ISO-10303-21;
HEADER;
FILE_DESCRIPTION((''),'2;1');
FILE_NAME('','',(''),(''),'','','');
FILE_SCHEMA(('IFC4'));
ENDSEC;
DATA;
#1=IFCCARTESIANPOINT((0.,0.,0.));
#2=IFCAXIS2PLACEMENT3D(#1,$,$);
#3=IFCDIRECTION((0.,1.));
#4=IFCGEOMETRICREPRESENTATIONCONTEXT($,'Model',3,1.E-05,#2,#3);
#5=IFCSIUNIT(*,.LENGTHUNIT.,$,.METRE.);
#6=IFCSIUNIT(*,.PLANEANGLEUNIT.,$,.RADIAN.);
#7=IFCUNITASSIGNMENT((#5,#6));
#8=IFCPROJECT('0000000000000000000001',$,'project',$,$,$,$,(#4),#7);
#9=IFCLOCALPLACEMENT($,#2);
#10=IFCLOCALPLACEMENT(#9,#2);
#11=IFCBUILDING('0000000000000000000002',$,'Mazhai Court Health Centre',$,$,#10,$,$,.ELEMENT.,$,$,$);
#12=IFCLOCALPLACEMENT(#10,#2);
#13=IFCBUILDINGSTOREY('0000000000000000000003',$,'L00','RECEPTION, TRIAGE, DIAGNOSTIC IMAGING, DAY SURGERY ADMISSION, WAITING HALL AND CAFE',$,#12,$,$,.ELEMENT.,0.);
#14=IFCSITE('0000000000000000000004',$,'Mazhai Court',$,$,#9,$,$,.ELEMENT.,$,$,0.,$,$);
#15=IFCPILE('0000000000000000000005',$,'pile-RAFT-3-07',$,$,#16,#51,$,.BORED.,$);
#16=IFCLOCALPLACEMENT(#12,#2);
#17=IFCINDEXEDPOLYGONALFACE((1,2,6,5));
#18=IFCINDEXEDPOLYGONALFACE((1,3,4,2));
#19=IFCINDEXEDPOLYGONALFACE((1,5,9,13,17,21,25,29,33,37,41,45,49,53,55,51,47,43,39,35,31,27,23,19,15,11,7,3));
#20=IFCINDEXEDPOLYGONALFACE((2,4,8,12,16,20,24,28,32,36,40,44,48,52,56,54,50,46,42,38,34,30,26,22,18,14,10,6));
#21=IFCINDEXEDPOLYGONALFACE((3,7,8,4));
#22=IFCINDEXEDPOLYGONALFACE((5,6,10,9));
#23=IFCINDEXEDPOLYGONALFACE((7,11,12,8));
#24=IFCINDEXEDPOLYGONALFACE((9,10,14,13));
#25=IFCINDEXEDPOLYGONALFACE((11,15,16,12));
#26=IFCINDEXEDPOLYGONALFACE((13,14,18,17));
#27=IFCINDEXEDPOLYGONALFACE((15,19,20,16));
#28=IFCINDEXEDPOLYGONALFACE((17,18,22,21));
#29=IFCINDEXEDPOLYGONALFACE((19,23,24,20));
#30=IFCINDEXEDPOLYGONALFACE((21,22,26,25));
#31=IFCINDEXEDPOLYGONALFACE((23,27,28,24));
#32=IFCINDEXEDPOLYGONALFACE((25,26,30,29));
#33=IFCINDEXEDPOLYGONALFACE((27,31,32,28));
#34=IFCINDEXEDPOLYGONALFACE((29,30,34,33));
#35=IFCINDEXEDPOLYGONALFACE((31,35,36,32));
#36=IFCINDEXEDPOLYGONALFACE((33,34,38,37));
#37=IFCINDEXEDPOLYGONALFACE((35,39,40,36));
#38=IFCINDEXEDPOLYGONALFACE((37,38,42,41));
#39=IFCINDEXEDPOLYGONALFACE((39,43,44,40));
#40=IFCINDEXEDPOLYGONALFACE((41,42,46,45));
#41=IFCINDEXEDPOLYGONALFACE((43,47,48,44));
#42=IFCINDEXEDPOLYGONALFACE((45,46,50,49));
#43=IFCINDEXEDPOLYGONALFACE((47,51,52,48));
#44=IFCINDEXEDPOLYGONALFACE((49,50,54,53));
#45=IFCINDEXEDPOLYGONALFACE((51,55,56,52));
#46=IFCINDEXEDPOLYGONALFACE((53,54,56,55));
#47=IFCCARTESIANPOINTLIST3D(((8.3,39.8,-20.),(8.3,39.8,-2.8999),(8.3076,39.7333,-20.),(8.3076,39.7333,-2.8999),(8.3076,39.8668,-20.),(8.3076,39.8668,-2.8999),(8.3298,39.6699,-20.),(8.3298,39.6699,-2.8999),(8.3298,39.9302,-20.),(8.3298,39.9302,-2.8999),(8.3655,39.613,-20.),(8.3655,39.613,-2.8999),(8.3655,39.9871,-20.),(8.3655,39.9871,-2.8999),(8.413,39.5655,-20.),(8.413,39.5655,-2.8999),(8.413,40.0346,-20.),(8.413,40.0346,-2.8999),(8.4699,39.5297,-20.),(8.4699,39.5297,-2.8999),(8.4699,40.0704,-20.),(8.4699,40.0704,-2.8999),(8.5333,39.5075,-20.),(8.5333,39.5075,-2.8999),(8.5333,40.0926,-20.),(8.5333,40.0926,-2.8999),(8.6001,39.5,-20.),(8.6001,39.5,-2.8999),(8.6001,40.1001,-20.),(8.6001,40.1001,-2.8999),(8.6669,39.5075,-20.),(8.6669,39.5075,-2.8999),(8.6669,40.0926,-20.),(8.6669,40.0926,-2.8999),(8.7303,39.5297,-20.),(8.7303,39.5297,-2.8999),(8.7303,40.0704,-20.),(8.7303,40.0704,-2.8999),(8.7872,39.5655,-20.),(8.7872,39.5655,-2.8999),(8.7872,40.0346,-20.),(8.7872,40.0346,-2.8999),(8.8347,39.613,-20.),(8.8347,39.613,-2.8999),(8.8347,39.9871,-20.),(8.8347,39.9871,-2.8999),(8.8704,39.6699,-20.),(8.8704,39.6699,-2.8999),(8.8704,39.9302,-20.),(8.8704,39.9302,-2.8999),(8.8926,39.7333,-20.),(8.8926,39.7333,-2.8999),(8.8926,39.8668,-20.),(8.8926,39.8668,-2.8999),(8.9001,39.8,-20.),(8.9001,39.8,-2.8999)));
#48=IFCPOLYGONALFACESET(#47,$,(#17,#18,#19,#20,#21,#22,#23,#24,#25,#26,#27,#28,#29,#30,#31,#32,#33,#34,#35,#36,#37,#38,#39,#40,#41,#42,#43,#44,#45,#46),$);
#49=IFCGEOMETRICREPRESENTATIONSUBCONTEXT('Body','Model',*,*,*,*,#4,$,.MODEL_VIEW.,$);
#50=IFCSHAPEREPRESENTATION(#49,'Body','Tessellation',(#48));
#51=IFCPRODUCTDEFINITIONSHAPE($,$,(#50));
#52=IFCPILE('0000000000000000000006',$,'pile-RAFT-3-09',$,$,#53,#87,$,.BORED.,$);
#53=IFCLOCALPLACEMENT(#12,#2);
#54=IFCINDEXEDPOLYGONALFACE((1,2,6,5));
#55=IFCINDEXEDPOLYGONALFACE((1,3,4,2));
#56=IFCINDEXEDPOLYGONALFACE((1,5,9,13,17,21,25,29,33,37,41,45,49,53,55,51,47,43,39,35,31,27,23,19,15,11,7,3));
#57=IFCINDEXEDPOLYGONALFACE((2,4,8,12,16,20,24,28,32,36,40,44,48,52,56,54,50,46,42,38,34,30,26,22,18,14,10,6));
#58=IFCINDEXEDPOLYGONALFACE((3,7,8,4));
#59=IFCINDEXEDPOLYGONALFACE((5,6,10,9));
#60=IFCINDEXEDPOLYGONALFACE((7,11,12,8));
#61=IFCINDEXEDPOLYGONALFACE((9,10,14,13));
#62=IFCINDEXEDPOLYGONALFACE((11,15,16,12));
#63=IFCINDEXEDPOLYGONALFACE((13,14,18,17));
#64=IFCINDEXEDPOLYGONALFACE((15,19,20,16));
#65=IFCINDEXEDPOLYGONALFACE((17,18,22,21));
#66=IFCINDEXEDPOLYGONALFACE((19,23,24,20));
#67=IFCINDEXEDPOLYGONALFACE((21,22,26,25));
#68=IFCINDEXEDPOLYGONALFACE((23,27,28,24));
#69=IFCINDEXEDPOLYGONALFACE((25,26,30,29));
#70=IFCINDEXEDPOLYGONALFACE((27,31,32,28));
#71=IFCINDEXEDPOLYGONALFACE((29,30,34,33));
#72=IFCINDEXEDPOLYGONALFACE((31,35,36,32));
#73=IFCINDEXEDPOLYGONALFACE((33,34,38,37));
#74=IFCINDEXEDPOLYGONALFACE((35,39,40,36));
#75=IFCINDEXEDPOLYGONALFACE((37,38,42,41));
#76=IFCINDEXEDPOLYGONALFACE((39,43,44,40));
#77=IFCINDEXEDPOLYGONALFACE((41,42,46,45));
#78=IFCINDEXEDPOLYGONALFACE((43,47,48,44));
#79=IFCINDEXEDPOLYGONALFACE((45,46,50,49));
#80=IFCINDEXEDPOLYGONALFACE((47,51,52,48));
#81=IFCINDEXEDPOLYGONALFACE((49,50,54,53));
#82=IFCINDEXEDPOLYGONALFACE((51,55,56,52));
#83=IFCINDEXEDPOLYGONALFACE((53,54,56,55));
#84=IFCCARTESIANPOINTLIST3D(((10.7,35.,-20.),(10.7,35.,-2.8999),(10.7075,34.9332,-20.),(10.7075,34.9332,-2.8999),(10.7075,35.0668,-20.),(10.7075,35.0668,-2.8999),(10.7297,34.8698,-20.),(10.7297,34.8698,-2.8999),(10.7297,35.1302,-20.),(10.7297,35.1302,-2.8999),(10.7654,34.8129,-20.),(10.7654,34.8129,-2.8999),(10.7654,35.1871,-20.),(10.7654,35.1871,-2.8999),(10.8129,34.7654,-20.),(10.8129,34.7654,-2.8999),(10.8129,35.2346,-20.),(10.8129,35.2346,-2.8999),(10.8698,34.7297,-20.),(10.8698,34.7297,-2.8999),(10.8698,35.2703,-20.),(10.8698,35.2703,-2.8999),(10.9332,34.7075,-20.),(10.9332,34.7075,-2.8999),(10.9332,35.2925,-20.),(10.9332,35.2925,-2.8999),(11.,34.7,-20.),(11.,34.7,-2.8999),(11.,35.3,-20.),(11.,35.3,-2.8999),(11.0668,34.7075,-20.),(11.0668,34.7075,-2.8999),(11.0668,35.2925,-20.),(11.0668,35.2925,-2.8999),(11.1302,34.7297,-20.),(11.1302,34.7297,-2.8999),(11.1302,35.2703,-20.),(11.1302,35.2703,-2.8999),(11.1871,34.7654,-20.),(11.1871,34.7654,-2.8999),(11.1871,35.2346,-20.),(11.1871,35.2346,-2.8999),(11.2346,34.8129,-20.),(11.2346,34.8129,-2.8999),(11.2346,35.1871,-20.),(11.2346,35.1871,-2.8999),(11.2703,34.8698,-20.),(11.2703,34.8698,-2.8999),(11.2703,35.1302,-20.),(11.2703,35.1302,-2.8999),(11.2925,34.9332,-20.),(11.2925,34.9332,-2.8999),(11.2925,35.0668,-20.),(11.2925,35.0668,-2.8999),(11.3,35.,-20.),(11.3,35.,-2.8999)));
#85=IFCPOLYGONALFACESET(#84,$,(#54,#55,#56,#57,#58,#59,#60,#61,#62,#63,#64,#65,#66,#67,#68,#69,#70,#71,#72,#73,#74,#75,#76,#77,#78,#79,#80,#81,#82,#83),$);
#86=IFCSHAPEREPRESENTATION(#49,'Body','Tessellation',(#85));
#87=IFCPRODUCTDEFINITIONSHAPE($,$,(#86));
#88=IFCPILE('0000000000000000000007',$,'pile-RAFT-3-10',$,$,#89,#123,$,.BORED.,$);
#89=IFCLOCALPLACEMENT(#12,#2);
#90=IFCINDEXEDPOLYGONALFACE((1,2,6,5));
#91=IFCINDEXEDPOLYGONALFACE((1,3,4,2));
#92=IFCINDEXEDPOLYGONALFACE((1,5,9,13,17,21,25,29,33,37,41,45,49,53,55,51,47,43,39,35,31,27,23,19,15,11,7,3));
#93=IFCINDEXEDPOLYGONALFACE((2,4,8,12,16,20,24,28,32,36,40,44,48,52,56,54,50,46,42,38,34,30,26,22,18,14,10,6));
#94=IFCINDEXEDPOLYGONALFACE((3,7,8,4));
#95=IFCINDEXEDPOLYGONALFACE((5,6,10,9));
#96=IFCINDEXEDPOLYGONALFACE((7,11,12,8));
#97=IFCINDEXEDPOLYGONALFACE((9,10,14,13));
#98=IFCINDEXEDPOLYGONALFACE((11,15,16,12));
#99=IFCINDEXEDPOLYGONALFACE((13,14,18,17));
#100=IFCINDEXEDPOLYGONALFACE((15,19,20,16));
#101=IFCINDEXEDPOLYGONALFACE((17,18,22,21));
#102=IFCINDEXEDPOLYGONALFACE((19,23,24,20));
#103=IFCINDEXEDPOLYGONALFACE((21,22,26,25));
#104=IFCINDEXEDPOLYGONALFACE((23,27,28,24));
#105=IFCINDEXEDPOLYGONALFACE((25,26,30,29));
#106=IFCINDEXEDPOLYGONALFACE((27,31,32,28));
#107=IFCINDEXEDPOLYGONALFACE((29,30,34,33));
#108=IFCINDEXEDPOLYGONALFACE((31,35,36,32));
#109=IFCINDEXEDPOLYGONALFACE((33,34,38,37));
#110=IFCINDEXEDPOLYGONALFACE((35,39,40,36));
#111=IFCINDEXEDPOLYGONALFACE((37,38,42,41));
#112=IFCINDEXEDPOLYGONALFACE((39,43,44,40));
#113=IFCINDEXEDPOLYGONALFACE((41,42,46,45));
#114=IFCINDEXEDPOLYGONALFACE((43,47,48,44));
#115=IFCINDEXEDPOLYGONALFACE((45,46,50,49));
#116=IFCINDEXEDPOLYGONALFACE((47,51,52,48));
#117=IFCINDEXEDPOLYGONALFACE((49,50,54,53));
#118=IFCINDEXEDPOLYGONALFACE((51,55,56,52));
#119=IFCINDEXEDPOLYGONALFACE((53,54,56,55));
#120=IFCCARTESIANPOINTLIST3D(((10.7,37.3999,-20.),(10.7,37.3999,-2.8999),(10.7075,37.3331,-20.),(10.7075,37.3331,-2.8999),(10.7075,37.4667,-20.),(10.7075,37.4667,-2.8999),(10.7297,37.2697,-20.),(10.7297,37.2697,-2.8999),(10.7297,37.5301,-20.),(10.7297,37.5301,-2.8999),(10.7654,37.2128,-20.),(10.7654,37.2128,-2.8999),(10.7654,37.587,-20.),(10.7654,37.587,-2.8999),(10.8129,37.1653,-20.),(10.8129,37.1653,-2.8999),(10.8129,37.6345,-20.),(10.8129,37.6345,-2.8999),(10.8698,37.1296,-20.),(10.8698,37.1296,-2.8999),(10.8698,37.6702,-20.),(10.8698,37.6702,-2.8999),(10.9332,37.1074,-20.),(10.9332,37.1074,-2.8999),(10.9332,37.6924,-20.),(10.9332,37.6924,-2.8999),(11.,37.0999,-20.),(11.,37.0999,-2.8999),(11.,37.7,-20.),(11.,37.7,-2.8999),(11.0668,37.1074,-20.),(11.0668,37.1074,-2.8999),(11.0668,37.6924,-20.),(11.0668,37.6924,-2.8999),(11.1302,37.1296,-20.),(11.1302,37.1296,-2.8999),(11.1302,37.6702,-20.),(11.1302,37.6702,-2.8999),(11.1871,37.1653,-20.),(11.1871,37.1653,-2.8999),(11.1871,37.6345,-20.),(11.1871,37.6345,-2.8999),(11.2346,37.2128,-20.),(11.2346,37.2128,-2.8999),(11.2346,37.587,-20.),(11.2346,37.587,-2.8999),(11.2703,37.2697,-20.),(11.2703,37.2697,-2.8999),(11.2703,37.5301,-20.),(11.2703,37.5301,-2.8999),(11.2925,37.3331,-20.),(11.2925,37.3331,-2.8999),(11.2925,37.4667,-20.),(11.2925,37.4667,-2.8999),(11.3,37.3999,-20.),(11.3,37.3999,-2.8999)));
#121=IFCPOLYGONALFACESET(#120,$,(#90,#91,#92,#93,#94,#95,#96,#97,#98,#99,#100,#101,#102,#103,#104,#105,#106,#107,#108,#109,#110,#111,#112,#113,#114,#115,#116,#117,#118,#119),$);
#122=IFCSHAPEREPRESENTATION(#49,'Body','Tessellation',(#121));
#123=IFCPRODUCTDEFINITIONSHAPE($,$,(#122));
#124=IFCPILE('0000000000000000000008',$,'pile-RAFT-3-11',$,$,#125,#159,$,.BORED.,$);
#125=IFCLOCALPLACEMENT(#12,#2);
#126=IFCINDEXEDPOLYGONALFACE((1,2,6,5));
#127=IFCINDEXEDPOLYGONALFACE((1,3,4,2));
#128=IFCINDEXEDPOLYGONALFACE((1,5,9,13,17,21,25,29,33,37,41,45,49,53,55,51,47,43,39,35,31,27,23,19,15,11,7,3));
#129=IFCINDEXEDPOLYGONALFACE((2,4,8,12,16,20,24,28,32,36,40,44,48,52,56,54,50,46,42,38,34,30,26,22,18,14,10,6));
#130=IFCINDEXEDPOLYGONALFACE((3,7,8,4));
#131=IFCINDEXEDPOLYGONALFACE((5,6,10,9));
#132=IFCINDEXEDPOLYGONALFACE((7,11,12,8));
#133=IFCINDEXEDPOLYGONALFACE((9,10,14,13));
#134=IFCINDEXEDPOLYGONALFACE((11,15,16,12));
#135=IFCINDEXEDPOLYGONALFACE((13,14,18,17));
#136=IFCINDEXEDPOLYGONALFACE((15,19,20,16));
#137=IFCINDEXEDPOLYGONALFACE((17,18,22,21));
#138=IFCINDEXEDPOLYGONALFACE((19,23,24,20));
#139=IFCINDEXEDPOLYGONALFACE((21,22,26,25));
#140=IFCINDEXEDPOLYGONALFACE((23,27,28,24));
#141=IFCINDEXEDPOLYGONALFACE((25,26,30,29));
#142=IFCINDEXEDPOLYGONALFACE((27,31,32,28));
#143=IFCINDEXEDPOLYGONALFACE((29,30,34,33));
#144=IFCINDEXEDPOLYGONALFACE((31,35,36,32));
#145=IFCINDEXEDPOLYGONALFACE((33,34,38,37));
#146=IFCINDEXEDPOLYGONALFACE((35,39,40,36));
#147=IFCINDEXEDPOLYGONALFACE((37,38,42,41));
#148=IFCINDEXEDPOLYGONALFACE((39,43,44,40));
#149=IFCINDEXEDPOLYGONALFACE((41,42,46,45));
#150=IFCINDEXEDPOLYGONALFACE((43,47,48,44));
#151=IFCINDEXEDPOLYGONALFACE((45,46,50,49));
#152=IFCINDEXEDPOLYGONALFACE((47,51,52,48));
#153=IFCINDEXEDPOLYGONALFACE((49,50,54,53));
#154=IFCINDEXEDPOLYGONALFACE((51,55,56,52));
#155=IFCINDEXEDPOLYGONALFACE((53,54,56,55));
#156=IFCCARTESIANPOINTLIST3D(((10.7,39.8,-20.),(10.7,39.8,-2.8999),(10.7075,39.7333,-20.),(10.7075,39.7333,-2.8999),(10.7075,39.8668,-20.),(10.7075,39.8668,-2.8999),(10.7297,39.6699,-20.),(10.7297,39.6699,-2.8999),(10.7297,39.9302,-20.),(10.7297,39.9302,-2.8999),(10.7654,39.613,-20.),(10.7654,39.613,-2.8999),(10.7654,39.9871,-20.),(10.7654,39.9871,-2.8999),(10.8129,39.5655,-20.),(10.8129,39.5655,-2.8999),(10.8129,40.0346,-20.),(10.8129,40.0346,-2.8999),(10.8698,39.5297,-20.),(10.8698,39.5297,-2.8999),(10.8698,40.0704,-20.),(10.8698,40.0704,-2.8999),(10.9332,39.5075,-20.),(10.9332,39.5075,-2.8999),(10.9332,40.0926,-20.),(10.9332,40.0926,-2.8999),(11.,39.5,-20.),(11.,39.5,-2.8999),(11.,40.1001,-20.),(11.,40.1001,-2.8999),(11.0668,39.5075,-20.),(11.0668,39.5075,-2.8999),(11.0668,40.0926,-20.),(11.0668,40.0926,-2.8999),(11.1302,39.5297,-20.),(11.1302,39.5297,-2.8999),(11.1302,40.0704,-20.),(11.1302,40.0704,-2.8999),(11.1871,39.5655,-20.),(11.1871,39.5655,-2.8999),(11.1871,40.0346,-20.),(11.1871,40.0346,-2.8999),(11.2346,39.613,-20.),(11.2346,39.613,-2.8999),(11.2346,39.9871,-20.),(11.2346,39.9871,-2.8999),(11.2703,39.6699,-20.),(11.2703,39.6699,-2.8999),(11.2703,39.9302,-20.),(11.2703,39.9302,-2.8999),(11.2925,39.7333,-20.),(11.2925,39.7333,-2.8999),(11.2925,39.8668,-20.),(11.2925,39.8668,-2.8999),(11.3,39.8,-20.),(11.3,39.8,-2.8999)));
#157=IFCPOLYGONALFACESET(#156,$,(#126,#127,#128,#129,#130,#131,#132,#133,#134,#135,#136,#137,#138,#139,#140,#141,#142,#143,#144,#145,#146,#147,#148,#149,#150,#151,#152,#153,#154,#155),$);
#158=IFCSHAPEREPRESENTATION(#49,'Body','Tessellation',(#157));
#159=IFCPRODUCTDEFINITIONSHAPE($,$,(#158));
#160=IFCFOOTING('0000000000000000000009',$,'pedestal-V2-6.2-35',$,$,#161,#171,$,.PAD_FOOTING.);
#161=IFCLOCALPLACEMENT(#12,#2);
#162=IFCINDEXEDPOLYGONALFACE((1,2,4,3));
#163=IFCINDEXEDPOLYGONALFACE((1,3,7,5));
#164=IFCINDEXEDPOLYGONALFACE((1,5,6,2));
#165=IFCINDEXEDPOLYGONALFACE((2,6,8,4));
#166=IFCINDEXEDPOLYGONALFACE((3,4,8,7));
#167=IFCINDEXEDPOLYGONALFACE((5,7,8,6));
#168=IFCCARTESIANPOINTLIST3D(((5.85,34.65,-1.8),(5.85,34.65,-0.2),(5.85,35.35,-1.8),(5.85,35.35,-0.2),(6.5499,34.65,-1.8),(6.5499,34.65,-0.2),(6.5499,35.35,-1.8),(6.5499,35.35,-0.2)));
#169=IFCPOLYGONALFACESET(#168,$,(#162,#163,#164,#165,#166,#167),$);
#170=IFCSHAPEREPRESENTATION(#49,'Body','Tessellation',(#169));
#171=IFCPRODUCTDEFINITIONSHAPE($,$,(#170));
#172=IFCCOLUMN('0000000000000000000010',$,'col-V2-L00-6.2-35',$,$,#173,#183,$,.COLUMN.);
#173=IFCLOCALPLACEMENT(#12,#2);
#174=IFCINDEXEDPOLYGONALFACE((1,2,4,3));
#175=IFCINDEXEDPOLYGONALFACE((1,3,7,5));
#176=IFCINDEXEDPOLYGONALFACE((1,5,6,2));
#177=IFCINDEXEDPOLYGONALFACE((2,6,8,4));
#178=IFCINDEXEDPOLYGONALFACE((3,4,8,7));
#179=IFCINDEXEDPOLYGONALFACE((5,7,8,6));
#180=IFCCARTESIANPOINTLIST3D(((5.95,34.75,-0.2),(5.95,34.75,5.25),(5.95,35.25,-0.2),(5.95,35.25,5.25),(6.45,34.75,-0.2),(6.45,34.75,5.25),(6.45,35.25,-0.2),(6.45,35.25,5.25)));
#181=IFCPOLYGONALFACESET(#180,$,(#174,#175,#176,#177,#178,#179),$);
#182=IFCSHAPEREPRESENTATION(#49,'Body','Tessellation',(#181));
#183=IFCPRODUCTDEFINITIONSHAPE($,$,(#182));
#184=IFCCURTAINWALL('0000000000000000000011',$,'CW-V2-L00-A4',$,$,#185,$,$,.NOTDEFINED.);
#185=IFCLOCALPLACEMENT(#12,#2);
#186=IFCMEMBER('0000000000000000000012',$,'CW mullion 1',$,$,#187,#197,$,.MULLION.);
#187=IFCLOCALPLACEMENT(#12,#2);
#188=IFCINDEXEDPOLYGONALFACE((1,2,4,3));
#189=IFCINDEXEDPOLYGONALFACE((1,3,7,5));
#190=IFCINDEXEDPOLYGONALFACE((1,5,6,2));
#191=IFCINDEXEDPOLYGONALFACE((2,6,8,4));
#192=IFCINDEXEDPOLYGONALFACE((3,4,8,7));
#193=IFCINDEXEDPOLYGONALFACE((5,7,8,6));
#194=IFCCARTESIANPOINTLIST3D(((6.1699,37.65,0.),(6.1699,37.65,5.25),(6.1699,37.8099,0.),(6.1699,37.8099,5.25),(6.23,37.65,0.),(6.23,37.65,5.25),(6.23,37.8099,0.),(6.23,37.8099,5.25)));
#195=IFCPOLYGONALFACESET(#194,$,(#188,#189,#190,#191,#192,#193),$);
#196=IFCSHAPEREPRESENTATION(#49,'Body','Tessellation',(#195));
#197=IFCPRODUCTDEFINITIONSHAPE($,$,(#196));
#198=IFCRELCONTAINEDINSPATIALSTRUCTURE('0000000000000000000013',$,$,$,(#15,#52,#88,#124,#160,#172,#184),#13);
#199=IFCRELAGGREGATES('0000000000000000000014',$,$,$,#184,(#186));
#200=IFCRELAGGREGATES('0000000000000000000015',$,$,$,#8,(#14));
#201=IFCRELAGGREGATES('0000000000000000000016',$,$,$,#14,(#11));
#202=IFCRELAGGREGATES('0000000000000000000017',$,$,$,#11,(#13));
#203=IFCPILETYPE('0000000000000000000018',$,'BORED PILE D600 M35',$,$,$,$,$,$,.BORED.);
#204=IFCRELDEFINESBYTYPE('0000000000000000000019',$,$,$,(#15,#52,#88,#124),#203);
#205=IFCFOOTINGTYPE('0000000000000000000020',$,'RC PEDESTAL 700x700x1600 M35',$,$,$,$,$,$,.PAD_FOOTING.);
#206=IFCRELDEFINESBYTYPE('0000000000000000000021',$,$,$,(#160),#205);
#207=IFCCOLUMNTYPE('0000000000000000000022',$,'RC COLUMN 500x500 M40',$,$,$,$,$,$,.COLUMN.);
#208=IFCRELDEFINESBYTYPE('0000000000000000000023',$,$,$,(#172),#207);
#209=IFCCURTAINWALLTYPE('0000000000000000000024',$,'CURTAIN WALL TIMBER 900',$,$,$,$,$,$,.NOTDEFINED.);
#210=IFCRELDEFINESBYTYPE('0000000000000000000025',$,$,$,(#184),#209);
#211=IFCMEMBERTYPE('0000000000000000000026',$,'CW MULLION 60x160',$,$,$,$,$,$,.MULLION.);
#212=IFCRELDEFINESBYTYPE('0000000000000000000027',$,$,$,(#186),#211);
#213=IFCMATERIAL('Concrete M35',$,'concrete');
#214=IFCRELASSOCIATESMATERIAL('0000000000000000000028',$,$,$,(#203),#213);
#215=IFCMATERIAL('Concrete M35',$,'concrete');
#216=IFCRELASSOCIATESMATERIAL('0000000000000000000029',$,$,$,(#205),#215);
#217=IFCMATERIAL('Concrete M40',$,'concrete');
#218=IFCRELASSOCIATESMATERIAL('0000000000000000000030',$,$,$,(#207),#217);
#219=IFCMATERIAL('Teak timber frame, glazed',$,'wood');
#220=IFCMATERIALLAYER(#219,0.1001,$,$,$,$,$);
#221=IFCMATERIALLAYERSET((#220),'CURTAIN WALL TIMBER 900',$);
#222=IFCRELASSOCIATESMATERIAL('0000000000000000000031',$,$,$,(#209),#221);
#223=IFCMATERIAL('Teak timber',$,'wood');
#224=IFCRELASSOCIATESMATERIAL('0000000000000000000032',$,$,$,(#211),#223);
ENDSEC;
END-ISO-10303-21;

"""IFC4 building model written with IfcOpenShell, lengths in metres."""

from ifc_helpers import new_model, si_unit, direction, frame, origin, origin_2d, place, context, subcontext, project, spatial, rectangle, circle, extrude, material, layer, layer_set, material_profile, profile_set, type_object, element, aggregate, save


model = new_model("IFC4")

# Units and contexts
model_context = context("Model", 3, precision=1e-05, world=origin(), true_north=direction((0.0, 1.0)))
body_context = subcontext(model_context, "Body", "Model", "MODEL_VIEW")
ifc_project = project(units=[si_unit("LENGTHUNIT", "METRE"), si_unit("PLANEANGLEUNIT", "RADIAN")], contexts=[model_context])

# Site, building, storey
site_placement = place(None, origin())
site = spatial("IfcSite", under=ifc_project, at=site_placement, Name="Mazhai Court", CompositionType="ELEMENT", RefElevation=0.0)
building_placement = place(site_placement, origin())
building = spatial("IfcBuilding", under=site, at=building_placement, Name="Mazhai Court Health Centre", CompositionType="ELEMENT")
storey_placement = place(building_placement, origin())
storey = spatial("IfcBuildingStorey", under=building, at=storey_placement, Name="L00", Description="RECEPTION, TRIAGE, DIAGNOSTIC IMAGING, DAY SURGERY ADMISSION, WAITING HALL AND CAFE", CompositionType="ELEMENT", Elevation=0.0)

# Piles
ifc_material_1 = material(Name="Concrete M35", Category="concrete")
ifc_material_profile_1 = material_profile(ifc_material_1, circle(Radius=0.3, at=origin_2d()), Name="RC PILE D600")
ifc_profile_set_1 = profile_set([ifc_material_profile_1], Name="Concrete M35")
pile_type = type_object("IfcPileType", Name="BORED PILE D600 M35", PredefinedType="BORED", material=ifc_profile_set_1)
for number, where, z_axis, x_axis, name in (
    (1, (8.6001, 39.8, -2.8999), (0.0, 0.0, -1.0), (1.0, 0.0, 0.0), "pile-RAFT-3-07"),
    (2, (11.0, 35.0, -2.8999), (0.0, 0.0, -1.0), (1.0, 0.0, 0.0), "pile-RAFT-3-09"),
    (3, (11.0, 37.3999, -2.8999), (0.0, 0.0, -1.0), (1.0, 0.0, 0.0), "pile-RAFT-3-10"),
    (4, (11.0, 39.8, -2.8999), (0.0, 0.0, -1.0), (1.0, 0.0, 0.0), "pile-RAFT-3-11"),
):
    element("IfcPile", number, at=place(storey_placement, frame(where, z_axis=z_axis, x_axis=x_axis)), inside=storey, type_object=pile_type, Name=name, PredefinedType="BORED", context=body_context, shape_type="SweptSolid", body=[
        extrude(circle(Radius=0.3, at=origin_2d()), origin(), (0.0, 0.0, 1.0), 17.1001),
    ])

# Footing
ifc_material_2 = material(Name="Concrete M35", Category="concrete")
footing_type = type_object("IfcFootingType", Name="RC PEDESTAL 700x700x1600 M35", PredefinedType="PAD_FOOTING", material=ifc_material_2)
footing_placement = place(storey_placement, frame((6.2, 35.0, -1.8), z_axis=(0.0, 0.0, 1.0), x_axis=(1.0, 0.0, 0.0)))
element("IfcFooting", 5, at=footing_placement, inside=storey, type_object=footing_type, Name="pedestal-V2-6.2-35", PredefinedType="PAD_FOOTING", context=body_context, shape_type="SweptSolid", body=[
    extrude(rectangle(XDim=0.7, YDim=0.7, at=origin_2d()), origin(), (0.0, 0.0, 1.0), 1.6001),
])

# Column
ifc_material_3 = material(Name="Concrete M40", Category="concrete")
ifc_material_profile_2 = material_profile(ifc_material_3, rectangle(XDim=0.5, YDim=0.5, at=origin_2d()), Name="RC 500x500")
ifc_profile_set_2 = profile_set([ifc_material_profile_2], Name="Concrete M40")
column_type = type_object("IfcColumnType", Name="RC COLUMN 500x500 M40", PredefinedType="COLUMN", material=ifc_profile_set_2)
column_placement = place(storey_placement, frame((6.2, 35.0, -0.2), z_axis=(0.0, 0.0, 1.0), x_axis=(1.0, 0.0, 0.0)))
element("IfcColumn", 6, at=column_placement, inside=storey, type_object=column_type, Name="col-V2-L00-6.2-35", PredefinedType="COLUMN", context=body_context, shape_type="SweptSolid", body=[
    extrude(rectangle(XDim=0.5, YDim=0.5, at=origin_2d()), origin(), (0.0, 0.0, 1.0), 5.45),
])

# Curtain wall, member
ifc_material_4 = material(Name="Teak timber frame, glazed", Category="wood")
ifc_layer_1 = layer(ifc_material_4, 0.1001)
ifc_layer_set_1 = layer_set([ifc_layer_1], Name="CURTAIN WALL TIMBER 900")
curtain_wall_type = type_object("IfcCurtainWallType", Name="CURTAIN WALL TIMBER 900", PredefinedType="NOTDEFINED", material=ifc_layer_set_1)
curtain_wall_placement = place(storey_placement, origin())
curtain_wall = element("IfcCurtainWall", 7, at=curtain_wall_placement, inside=storey, type_object=curtain_wall_type, Name="CW-V2-L00-A4", PredefinedType="NOTDEFINED")
ifc_material_5 = material(Name="Teak timber", Category="wood")
ifc_material_profile_3 = material_profile(ifc_material_5, rectangle(XDim=0.0601, YDim=0.1599, at=origin_2d()), Name="CW MULLION 60x160")
ifc_profile_set_3 = profile_set([ifc_material_profile_3], Name="Teak timber")
member_type_1 = type_object("IfcMemberType", Name="CW MULLION 60x160", PredefinedType="MULLION", material=ifc_profile_set_3)
member_1_placement = place(storey_placement, frame((6.2, 37.73, 0.0), z_axis=(0.0, 0.0, 1.0), x_axis=(-1.0, 0.0, 0.0)))
member_1 = element("IfcMember", 8, at=member_1_placement, type_object=member_type_1, Name="CW mullion 1", PredefinedType="MULLION", context=body_context, shape_type="SweptSolid", body=[
    extrude(rectangle(XDim=0.0601, YDim=0.1599, at=origin_2d()), origin(), (0.0, 0.0, 1.0), 5.25),
])
aggregate(curtain_wall, [member_1])

save(model, "model.ifc")
